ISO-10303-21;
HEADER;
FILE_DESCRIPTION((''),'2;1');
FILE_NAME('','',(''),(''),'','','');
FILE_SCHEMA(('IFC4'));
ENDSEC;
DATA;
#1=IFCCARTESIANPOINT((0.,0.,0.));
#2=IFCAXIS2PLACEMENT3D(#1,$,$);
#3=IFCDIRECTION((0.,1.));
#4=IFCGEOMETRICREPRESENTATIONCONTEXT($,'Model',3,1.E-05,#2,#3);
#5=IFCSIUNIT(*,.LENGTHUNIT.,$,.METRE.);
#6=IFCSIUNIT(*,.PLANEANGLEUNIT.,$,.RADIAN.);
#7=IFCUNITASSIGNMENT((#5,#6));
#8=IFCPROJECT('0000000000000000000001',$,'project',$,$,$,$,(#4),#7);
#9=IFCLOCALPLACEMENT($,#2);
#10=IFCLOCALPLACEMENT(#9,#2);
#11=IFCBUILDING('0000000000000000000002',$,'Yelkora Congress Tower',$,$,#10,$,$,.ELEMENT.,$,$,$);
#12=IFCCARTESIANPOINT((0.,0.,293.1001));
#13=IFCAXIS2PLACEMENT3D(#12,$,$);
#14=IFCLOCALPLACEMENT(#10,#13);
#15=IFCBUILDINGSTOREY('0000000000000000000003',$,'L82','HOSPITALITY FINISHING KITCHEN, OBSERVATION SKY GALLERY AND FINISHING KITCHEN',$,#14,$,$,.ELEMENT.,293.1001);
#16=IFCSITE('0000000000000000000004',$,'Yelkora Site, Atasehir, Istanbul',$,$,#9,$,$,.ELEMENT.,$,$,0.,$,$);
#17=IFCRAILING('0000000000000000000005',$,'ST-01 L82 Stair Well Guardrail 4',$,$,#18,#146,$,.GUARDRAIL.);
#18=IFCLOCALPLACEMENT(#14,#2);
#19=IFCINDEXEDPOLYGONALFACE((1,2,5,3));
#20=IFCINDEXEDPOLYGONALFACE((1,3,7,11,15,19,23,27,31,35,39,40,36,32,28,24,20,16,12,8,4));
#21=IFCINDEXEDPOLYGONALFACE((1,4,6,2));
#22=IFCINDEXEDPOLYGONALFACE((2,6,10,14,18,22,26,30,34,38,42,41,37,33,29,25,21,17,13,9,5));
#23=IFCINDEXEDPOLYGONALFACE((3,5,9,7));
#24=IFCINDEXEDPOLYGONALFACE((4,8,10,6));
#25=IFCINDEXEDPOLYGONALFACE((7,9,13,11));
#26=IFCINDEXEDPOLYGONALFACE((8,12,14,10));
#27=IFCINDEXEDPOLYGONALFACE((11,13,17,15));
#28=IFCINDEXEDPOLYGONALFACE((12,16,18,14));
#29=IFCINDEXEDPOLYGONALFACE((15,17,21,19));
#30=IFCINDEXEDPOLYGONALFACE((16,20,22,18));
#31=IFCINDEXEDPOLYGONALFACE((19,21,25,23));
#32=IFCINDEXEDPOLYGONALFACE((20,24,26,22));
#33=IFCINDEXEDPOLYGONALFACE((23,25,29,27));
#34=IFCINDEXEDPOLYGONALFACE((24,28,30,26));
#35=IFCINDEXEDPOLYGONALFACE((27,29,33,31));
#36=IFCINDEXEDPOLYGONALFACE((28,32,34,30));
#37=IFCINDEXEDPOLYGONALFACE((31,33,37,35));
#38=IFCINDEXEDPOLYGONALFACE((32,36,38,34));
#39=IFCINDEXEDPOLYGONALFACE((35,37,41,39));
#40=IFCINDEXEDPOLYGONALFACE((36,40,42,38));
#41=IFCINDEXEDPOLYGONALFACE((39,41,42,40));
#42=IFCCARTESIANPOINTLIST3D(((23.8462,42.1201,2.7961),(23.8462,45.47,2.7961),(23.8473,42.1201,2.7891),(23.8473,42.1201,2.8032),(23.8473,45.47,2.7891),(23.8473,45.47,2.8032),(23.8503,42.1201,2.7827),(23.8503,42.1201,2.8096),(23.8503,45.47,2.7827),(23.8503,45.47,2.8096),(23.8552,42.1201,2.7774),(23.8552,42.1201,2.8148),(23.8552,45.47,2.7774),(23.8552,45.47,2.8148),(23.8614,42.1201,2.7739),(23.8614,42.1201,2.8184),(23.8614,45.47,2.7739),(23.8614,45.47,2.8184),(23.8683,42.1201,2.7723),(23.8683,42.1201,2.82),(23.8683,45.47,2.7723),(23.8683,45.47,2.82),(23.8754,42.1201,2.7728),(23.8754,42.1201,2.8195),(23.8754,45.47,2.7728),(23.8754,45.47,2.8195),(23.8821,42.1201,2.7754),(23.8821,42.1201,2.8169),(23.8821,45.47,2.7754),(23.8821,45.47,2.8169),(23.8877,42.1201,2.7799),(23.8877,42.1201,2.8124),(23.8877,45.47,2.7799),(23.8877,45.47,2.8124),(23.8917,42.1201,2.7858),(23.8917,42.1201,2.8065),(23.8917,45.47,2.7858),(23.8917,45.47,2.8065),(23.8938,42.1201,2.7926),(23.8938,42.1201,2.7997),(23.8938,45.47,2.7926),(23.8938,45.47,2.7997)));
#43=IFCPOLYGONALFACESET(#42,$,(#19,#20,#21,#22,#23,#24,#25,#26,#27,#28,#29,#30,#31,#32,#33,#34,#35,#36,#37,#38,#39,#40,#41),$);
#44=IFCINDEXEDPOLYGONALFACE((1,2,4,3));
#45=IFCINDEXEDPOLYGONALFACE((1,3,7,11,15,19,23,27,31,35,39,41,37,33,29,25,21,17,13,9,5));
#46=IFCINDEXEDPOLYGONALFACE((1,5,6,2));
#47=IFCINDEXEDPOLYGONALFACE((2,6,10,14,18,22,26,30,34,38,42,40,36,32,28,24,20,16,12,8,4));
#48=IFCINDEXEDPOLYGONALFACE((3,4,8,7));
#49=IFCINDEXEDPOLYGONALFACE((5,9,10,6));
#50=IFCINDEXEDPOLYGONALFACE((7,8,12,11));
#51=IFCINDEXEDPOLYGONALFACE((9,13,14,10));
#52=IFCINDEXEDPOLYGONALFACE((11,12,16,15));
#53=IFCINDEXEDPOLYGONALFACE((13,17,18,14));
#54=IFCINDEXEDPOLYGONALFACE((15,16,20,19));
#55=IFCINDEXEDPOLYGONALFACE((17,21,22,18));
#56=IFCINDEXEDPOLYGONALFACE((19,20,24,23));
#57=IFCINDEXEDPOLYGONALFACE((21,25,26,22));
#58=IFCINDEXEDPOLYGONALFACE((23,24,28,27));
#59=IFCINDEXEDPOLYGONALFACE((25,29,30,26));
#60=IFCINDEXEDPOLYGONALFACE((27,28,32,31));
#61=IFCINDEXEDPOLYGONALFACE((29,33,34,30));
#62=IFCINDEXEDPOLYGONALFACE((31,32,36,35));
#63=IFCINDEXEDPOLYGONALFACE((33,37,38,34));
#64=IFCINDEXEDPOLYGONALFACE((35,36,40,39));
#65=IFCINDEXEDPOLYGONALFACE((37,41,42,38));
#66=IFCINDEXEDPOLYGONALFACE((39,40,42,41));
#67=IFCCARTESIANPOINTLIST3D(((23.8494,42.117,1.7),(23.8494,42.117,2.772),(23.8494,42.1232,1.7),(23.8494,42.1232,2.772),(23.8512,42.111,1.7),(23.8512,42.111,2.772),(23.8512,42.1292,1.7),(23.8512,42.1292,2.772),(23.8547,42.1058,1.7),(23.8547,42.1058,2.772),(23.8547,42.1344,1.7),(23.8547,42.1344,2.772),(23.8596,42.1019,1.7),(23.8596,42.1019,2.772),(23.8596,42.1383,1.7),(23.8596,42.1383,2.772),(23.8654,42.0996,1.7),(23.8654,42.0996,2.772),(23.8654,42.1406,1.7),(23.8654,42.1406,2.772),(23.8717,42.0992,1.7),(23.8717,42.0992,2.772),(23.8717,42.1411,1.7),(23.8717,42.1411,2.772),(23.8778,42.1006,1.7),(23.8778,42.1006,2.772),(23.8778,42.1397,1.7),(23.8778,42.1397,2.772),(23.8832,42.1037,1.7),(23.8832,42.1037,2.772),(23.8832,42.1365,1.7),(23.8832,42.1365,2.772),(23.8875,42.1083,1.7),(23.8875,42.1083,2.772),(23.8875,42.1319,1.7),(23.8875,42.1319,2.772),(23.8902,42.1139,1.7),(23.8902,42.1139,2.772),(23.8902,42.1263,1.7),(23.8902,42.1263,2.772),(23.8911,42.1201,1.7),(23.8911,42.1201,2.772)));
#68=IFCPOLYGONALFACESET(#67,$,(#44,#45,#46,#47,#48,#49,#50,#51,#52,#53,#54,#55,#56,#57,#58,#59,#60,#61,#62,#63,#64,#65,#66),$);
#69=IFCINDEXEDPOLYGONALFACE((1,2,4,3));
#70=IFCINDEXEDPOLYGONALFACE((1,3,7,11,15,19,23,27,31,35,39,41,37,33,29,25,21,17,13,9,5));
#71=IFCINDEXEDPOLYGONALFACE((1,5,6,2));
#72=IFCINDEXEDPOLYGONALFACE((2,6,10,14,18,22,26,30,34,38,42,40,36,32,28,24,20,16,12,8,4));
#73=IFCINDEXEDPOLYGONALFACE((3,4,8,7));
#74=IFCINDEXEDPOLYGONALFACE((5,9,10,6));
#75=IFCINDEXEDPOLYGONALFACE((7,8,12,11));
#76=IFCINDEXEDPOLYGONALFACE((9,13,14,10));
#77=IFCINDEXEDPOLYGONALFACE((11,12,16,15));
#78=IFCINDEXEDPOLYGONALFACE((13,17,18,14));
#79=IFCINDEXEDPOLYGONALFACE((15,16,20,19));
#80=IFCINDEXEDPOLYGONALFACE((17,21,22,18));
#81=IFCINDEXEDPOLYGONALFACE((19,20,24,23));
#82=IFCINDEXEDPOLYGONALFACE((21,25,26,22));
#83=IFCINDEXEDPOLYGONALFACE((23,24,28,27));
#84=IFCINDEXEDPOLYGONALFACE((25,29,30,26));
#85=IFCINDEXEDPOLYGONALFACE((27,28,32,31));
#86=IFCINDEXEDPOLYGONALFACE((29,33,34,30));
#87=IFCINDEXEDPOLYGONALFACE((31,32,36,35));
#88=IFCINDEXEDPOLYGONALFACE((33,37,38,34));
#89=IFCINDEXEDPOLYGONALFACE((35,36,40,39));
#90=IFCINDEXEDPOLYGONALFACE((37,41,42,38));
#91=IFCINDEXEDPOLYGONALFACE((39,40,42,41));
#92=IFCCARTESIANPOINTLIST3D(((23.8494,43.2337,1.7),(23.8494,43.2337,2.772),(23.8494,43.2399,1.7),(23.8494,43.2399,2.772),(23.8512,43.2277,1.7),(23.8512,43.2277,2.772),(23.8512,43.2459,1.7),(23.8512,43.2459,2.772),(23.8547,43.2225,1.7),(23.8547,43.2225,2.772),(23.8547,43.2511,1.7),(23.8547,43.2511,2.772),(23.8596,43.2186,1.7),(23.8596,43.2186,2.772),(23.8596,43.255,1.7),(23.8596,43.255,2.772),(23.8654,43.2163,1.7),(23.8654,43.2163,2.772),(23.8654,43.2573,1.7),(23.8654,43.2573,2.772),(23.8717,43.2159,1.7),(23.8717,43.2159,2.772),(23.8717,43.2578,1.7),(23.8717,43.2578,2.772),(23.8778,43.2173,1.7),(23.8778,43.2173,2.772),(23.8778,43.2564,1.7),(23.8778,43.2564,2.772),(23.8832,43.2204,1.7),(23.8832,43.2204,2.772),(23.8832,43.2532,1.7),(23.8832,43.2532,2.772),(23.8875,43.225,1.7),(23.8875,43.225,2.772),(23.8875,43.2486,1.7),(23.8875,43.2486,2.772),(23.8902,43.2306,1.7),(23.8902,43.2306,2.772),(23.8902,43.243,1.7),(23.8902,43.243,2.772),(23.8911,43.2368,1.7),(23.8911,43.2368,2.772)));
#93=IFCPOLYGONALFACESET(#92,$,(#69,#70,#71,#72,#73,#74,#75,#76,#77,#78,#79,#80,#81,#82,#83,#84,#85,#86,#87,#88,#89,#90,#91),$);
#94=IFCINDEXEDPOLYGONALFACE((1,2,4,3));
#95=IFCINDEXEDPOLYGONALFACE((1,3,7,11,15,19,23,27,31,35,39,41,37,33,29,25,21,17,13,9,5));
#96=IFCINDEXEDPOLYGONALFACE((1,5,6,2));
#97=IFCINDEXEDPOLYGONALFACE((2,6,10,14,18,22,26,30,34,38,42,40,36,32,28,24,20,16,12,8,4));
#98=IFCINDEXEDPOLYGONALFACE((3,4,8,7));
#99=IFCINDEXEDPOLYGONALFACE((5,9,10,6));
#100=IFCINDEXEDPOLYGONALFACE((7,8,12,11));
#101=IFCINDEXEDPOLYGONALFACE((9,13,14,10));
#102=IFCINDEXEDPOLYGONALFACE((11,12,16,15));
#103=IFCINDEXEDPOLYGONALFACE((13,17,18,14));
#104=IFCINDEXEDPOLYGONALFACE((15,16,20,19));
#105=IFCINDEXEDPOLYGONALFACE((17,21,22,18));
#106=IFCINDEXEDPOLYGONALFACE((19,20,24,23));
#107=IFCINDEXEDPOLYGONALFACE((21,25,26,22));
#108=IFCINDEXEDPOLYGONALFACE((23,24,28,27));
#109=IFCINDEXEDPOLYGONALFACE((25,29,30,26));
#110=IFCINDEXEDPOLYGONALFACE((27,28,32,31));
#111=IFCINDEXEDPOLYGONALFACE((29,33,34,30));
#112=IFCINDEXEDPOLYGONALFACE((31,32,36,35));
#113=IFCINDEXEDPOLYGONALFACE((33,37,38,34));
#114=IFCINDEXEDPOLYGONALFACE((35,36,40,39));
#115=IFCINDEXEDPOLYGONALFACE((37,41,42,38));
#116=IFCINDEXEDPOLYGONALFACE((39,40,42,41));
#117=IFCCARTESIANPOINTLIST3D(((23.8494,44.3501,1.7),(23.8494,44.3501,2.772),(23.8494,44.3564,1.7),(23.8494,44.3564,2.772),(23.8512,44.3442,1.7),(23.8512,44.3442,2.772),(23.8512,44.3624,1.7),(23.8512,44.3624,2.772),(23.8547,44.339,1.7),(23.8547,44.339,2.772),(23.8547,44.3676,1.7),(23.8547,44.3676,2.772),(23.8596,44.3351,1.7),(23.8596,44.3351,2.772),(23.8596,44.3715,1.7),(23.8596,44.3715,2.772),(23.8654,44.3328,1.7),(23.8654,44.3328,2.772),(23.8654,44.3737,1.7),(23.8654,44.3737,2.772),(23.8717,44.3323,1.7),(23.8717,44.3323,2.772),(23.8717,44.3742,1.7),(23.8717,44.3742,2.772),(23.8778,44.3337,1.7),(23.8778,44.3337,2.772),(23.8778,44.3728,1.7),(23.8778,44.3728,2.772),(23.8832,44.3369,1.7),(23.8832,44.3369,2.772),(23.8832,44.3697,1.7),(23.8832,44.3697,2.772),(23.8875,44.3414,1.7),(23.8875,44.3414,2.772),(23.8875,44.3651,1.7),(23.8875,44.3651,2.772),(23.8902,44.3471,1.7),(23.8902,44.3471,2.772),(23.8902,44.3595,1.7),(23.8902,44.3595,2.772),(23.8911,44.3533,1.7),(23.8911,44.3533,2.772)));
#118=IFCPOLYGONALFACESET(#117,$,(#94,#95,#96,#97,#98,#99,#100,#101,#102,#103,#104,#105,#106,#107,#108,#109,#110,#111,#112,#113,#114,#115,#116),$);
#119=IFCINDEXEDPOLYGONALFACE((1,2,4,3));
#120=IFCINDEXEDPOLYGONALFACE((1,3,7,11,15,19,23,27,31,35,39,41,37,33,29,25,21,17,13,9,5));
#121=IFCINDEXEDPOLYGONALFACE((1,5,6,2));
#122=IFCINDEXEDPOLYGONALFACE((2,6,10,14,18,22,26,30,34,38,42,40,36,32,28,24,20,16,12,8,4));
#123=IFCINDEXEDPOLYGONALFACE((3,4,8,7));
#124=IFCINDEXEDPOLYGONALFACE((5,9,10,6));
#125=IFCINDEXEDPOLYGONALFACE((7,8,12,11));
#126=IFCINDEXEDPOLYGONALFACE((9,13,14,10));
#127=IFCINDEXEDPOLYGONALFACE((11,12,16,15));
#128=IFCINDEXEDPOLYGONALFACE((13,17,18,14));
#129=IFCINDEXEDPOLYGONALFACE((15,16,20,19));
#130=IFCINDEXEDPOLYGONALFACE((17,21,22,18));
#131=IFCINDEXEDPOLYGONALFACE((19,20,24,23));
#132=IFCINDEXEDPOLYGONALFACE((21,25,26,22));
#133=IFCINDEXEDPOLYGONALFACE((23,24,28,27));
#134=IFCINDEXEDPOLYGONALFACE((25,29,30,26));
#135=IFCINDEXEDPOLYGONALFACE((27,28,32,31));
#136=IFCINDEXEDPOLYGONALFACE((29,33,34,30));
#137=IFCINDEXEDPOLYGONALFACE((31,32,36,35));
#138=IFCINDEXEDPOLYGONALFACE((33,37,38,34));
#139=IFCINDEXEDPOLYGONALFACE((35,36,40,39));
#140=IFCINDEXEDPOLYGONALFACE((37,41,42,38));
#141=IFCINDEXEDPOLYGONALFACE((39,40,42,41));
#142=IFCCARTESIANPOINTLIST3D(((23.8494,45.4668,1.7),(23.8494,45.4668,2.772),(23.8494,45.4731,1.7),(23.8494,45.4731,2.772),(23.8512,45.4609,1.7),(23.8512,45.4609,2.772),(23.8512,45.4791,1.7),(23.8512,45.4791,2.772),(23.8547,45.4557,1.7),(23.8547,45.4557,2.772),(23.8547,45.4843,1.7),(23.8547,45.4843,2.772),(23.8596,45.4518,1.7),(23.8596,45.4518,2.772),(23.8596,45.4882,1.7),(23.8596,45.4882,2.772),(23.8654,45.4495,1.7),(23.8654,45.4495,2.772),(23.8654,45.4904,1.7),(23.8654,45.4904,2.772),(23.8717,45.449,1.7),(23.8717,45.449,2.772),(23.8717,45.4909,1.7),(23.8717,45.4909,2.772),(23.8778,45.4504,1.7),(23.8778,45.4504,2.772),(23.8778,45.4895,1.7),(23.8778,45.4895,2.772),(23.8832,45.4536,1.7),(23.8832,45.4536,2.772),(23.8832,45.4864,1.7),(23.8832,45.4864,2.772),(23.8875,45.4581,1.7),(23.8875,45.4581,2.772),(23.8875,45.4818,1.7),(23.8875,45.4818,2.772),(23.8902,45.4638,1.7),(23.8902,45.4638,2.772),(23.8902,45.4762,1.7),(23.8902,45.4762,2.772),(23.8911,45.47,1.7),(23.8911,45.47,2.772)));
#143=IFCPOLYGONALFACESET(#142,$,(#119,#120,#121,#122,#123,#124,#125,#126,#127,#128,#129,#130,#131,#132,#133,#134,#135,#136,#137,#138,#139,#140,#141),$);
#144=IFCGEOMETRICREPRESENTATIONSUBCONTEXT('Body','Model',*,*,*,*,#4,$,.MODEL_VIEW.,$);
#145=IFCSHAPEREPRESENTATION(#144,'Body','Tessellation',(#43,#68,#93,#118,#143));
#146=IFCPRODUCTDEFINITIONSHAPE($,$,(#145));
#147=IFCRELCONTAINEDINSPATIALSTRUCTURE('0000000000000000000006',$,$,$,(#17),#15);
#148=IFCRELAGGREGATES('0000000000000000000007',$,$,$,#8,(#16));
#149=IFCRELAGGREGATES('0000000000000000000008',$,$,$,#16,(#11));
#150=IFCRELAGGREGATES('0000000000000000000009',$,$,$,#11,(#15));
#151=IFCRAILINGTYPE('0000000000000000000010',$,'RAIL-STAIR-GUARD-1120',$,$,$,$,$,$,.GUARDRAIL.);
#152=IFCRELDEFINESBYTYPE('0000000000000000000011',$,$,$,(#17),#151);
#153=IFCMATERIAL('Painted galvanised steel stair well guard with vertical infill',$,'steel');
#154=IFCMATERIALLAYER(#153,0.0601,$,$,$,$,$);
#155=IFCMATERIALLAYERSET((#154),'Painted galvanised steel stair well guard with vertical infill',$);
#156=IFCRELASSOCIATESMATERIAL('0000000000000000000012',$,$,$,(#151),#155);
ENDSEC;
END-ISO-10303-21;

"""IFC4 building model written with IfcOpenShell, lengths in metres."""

from ifc_helpers import new_model, si_unit, direction, frame, origin, origin_2d, place, context, subcontext, project, spatial, circle, extrude, material, layer, layer_set, type_object, element, save


model = new_model("IFC4")

# Units and contexts
model_context = context("Model", 3, precision=1e-05, world=origin(), true_north=direction((0.0, 1.0)))
body_context = subcontext(model_context, "Body", "Model", "MODEL_VIEW")
ifc_project = project(units=[si_unit("LENGTHUNIT", "METRE"), si_unit("PLANEANGLEUNIT", "RADIAN")], contexts=[model_context])

# Site, building, storey
site_placement = place(None, origin())
site = spatial("IfcSite", under=ifc_project, at=site_placement, Name="Yelkora Site, Atasehir, Istanbul", CompositionType="ELEMENT", RefElevation=0.0)
building_placement = place(site_placement, origin())
building = spatial("IfcBuilding", under=site, at=building_placement, Name="Yelkora Congress Tower", CompositionType="ELEMENT")
storey_placement = place(building_placement, frame((0.0, 0.0, 293.1001)))
storey = spatial("IfcBuildingStorey", under=building, at=storey_placement, Name="L82", Description="HOSPITALITY FINISHING KITCHEN, OBSERVATION SKY GALLERY AND FINISHING KITCHEN", CompositionType="ELEMENT", Elevation=293.1001)

# Railing
ifc_material_1 = material(Name="Painted galvanised steel stair well guard with vertical infill", Category="steel")
ifc_layer_1 = layer(ifc_material_1, 0.0601)
ifc_layer_set_1 = layer_set([ifc_layer_1], Name="Painted galvanised steel stair well guard with vertical infill")
railing_type_1 = type_object("IfcRailingType", Name="RAIL-STAIR-GUARD-1120", PredefinedType="GUARDRAIL", material=ifc_layer_set_1)
for number, where, name in (
    (1, (23.8701, 42.1201, 1.7), "ST-01 L82 Stair Well Guardrail 4"),
):
    element("IfcRailing", number, at=place(storey_placement, frame(where)), inside=storey, type_object=railing_type_1, Name=name, PredefinedType="GUARDRAIL", context=body_context, shape_type="SweptSolid", body=[
        extrude(circle(Radius=0.0239, at=origin_2d()), frame((0.0, 0.0, 1.0962), z_axis=(0.0, 1.0, 0.0), x_axis=(-1.0, 0.0, 0.0)), (0.0, 0.0, 1.0), 3.3499),
        extrude(circle(Radius=0.021, at=origin_2d()), origin(), (0.0, 0.0, 1.0), 1.072),
        extrude(circle(Radius=0.021, at=origin_2d()), frame((0.0, 1.1167, 0.0)), (0.0, 0.0, 1.0), 1.072),
        extrude(circle(Radius=0.021, at=origin_2d()), frame((0.0, 2.2332, 0.0)), (0.0, 0.0, 1.0), 1.072),
        extrude(circle(Radius=0.021, at=origin_2d()), frame((0.0, 3.3499, 0.0)), (0.0, 0.0, 1.0), 1.072),
    ])

save(model, "model.ifc")
